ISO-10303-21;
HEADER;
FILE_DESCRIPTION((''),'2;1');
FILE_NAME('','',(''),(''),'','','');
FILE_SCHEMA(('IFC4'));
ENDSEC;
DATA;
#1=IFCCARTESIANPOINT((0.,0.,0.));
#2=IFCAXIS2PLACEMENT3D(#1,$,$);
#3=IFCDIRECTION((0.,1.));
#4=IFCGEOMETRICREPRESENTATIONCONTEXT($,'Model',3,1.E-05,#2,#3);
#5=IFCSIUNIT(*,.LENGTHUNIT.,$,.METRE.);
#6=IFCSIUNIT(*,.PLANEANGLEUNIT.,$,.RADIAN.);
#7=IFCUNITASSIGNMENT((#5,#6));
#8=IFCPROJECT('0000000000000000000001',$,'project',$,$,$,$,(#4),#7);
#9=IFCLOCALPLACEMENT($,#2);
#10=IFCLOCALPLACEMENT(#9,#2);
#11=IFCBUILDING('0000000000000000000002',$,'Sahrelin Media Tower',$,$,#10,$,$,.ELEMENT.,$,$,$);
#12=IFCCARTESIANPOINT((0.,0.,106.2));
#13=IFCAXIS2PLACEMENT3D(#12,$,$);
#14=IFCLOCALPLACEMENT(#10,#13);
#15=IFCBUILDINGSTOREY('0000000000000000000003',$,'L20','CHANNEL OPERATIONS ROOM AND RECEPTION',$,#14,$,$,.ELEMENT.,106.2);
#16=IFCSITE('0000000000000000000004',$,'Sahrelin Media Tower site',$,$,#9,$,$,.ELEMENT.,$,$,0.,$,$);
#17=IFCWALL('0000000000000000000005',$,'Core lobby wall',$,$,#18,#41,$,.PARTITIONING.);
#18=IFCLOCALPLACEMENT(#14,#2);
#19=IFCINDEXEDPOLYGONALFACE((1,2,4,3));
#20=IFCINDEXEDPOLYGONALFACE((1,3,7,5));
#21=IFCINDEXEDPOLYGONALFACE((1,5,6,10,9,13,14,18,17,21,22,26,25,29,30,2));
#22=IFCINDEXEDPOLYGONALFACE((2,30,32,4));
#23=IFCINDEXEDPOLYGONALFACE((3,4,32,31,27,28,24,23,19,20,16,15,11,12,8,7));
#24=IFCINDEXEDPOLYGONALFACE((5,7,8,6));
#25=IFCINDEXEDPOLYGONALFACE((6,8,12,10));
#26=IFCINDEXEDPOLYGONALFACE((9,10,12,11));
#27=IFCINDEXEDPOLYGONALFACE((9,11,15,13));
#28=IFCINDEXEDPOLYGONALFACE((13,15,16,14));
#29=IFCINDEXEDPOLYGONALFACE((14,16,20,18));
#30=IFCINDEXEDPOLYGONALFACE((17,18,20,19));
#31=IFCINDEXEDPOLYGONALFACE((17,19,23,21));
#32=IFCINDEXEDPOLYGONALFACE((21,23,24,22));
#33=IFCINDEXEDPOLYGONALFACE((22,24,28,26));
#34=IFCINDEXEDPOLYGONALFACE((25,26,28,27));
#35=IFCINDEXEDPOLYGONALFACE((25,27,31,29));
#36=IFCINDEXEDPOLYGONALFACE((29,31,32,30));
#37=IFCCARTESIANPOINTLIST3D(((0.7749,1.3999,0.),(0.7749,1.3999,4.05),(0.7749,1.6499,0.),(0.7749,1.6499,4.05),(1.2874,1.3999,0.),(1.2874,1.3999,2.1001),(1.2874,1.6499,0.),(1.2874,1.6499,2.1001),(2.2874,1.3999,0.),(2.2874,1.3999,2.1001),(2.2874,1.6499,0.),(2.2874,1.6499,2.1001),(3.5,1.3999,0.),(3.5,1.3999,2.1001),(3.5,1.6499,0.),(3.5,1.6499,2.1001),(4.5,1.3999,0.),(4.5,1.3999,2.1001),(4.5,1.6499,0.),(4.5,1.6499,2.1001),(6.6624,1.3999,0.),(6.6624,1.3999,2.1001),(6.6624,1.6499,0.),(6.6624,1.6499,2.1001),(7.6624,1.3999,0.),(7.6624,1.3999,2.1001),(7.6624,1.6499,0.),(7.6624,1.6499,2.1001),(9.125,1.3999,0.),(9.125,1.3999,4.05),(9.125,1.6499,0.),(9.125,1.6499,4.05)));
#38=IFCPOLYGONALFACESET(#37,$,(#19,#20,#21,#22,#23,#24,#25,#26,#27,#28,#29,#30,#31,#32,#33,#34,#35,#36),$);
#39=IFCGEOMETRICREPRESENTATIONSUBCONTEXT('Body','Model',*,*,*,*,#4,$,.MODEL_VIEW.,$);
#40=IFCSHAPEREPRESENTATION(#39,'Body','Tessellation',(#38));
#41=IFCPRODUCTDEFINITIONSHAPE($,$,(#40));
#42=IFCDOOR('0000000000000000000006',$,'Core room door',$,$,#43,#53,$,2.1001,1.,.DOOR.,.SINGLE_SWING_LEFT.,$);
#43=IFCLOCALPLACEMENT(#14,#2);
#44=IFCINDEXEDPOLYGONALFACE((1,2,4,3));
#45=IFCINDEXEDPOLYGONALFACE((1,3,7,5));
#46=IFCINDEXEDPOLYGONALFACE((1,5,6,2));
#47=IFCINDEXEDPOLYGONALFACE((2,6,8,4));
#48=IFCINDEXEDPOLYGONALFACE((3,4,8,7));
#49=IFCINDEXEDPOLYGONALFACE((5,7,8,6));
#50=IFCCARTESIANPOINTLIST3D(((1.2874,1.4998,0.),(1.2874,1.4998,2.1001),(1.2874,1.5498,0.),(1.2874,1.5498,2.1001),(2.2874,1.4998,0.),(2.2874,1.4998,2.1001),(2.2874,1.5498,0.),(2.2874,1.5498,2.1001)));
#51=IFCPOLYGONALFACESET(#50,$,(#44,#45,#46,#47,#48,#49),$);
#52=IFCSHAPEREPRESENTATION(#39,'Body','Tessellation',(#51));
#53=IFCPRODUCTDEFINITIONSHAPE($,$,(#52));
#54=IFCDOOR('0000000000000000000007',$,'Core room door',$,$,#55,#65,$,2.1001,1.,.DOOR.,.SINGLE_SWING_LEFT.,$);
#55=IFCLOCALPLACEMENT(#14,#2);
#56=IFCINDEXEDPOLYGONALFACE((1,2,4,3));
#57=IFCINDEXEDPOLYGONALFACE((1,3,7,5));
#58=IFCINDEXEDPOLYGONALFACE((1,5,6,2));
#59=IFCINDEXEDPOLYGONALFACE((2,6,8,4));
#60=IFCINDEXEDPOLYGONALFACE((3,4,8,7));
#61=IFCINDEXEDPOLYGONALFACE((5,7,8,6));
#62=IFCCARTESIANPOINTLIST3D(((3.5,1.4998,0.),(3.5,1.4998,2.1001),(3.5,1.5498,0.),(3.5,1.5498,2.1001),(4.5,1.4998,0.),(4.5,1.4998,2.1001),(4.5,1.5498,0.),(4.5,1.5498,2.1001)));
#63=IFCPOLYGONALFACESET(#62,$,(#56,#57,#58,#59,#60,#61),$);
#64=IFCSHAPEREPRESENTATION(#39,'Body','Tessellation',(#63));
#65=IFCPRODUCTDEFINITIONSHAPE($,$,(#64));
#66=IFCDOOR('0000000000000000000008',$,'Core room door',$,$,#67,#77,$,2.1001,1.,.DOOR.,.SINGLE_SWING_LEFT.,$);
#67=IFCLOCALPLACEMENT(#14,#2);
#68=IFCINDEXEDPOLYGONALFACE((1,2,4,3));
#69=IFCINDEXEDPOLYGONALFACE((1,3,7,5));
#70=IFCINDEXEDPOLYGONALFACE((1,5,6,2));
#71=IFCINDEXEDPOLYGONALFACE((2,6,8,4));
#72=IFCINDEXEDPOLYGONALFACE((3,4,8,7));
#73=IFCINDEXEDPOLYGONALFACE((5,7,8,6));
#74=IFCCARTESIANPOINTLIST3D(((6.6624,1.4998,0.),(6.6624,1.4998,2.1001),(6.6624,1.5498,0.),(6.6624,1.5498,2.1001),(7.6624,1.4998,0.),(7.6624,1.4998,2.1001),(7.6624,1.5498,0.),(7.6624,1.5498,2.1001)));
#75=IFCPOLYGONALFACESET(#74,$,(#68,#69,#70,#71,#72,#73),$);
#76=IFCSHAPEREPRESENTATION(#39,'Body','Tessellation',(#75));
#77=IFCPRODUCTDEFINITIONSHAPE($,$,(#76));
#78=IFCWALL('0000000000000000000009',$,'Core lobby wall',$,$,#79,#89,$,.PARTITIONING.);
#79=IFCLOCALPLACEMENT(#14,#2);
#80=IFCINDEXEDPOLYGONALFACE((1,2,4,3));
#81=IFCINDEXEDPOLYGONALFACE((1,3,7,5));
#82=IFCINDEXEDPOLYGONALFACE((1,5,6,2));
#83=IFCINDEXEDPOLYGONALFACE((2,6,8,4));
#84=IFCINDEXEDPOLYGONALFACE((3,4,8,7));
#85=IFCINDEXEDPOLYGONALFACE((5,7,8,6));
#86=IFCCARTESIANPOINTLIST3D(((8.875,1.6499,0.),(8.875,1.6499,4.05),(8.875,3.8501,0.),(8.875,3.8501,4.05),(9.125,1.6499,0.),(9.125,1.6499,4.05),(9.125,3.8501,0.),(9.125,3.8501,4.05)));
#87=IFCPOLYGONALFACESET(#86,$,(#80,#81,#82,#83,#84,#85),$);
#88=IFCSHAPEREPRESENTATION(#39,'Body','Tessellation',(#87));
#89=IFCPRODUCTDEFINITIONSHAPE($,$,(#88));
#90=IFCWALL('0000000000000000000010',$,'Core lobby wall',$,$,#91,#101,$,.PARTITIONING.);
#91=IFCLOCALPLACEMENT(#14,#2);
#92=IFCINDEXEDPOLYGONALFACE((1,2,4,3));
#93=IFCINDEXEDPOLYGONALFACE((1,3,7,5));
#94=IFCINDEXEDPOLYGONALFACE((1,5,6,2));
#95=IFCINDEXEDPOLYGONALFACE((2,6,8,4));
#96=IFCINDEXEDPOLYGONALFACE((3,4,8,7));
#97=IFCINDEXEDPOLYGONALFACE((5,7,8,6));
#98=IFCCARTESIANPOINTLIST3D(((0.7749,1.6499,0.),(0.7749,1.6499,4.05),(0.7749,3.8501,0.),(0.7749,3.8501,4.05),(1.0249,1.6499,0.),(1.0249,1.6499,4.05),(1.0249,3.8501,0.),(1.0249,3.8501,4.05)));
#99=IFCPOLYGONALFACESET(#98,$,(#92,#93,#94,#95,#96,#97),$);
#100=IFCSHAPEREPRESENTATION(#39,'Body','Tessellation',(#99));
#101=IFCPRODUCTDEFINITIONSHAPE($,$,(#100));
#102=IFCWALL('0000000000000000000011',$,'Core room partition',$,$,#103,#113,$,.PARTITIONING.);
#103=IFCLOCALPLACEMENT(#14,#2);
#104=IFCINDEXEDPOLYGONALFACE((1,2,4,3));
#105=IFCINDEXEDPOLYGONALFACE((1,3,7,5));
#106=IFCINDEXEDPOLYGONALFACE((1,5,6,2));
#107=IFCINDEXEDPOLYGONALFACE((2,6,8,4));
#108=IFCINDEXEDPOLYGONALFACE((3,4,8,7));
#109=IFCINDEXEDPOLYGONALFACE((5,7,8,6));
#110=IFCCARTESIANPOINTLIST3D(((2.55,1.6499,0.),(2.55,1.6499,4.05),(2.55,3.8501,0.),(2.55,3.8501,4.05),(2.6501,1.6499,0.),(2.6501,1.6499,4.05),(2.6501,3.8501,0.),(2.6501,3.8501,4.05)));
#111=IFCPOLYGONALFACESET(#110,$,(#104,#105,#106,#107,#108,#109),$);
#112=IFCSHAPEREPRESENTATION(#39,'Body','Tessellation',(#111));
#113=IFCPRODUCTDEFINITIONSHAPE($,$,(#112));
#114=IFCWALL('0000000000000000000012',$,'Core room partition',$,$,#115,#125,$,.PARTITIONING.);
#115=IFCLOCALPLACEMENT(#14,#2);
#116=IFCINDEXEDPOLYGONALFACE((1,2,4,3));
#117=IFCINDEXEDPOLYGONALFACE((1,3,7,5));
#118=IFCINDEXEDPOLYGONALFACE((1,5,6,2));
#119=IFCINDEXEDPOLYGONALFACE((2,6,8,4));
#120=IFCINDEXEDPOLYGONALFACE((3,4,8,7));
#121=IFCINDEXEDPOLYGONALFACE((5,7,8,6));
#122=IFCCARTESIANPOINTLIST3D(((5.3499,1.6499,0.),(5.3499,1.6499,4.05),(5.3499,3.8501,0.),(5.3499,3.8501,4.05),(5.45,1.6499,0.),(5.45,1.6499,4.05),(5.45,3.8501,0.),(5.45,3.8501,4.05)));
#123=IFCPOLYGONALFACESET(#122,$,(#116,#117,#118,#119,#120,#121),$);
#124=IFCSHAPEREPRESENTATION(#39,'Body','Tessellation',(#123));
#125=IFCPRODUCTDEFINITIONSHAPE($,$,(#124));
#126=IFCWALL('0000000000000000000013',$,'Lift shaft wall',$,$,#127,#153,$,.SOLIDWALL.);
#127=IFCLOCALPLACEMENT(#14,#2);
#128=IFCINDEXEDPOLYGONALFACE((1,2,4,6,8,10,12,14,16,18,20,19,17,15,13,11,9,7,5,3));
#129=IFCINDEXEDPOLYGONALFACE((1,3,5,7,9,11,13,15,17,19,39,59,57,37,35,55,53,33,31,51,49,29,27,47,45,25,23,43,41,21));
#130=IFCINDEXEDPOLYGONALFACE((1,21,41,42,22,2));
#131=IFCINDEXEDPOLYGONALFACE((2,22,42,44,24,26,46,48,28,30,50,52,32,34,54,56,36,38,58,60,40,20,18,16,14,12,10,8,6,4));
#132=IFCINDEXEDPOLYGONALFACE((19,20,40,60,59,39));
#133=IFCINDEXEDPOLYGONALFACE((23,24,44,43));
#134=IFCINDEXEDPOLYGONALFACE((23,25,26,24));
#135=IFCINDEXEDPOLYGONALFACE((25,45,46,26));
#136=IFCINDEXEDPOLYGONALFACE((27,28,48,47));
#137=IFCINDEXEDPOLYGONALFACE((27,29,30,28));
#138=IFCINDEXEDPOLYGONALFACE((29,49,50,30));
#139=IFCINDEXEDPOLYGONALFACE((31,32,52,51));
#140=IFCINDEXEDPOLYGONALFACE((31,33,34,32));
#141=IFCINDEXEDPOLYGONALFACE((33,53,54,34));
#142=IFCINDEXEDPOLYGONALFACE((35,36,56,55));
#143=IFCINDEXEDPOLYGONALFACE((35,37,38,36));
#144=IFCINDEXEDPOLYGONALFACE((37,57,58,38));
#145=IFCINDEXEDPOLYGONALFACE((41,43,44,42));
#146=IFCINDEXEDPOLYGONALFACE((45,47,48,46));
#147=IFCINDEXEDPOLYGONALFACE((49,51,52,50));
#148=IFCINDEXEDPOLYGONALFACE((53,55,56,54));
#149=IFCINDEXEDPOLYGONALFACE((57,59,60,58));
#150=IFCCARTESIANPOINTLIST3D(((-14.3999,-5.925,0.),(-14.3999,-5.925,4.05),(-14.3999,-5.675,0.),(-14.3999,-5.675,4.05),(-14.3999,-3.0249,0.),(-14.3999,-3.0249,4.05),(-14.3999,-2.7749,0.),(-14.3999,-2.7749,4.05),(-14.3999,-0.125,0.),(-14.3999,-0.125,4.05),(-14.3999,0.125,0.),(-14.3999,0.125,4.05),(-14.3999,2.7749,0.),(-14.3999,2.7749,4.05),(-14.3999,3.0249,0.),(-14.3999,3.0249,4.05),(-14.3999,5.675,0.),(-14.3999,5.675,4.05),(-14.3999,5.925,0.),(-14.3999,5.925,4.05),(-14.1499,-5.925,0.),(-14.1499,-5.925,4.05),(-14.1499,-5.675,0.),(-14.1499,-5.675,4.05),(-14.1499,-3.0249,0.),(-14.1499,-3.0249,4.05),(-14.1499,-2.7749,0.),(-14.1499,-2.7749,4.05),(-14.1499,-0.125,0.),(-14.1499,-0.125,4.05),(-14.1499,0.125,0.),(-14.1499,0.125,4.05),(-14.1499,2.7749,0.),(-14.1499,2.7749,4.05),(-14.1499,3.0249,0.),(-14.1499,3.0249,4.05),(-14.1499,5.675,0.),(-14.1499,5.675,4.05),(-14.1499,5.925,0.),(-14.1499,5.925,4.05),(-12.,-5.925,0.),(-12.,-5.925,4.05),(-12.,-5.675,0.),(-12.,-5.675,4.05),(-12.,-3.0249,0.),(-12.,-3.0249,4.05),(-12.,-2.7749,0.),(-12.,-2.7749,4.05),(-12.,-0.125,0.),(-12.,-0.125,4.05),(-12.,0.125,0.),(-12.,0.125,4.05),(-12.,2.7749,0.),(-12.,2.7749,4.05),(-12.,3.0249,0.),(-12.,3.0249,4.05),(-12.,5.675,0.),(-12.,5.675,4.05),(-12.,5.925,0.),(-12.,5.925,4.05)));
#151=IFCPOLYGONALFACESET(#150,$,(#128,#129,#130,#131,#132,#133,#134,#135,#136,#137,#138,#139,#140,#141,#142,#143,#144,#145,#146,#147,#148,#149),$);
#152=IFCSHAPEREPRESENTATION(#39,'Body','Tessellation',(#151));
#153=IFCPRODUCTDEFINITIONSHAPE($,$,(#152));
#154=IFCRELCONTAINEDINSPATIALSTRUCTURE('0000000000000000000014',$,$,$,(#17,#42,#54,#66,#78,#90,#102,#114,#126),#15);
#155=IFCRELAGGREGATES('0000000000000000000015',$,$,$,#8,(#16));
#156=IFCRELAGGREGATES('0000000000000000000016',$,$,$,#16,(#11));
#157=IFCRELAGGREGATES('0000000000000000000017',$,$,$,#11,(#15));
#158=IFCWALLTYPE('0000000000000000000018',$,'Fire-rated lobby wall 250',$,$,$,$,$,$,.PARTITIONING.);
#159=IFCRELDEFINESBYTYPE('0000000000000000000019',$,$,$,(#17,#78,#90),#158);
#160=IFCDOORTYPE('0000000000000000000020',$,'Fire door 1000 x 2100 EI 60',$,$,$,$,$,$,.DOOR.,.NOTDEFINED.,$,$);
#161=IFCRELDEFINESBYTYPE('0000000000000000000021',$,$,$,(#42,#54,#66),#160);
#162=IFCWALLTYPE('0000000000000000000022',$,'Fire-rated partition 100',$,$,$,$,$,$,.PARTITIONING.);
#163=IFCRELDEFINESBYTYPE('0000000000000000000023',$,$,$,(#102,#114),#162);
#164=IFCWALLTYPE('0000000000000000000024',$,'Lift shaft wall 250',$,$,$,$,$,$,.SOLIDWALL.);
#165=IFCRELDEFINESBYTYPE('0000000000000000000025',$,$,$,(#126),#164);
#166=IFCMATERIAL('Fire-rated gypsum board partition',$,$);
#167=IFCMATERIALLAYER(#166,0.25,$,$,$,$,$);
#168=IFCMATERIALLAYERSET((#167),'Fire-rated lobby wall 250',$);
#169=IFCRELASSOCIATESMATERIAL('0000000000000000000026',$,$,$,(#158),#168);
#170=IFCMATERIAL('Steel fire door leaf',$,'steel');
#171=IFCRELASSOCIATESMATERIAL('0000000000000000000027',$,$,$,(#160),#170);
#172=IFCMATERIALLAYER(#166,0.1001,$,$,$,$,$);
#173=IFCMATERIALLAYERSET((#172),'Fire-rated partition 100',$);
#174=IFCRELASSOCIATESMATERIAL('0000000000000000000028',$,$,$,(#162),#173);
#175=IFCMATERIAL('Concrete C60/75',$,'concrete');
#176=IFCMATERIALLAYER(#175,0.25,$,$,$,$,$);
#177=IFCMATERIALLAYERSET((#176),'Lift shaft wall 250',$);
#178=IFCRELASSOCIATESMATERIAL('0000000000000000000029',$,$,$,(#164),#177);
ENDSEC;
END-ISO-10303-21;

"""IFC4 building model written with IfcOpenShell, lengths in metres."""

from ifc_helpers import new_model, si_unit, direction, frame, frame_2d, origin, place, context, subcontext, project, spatial, polyline, rectangle, outline, extrude, material, layer, layer_set, type_object, element, fill, save


model = new_model("IFC4")

# Units and contexts
model_context = context("Model", 3, precision=1e-05, world=origin(), true_north=direction((0.0, 1.0)))
body_context = subcontext(model_context, "Body", "Model", "MODEL_VIEW")
ifc_project = project(units=[si_unit("LENGTHUNIT", "METRE"), si_unit("PLANEANGLEUNIT", "RADIAN")], contexts=[model_context])

# Site, building, storey
site_placement = place(None, origin())
site = spatial("IfcSite", under=ifc_project, at=site_placement, Name="Sahrelin Media Tower site", CompositionType="ELEMENT", RefElevation=0.0)
building_placement = place(site_placement, origin())
building = spatial("IfcBuilding", under=site, at=building_placement, Name="Sahrelin Media Tower", CompositionType="ELEMENT")
storey_placement = place(building_placement, frame((0.0, 0.0, 106.2)))
storey = spatial("IfcBuildingStorey", under=building, at=storey_placement, Name="L20", Description="CHANNEL OPERATIONS ROOM AND RECEPTION", CompositionType="ELEMENT", Elevation=106.2)

# Shared definitions
placement = place(storey_placement, origin())

# Wall, openings, doors
ifc_material_1 = material(Name="Fire-rated gypsum board partition")
ifc_layer_1 = layer(ifc_material_1, 0.25)
ifc_layer_set_1 = layer_set([ifc_layer_1], Name="Fire-rated lobby wall 250")
wall_type_1 = type_object("IfcWallType", Name="Fire-rated lobby wall 250", PredefinedType="PARTITIONING", material=ifc_layer_set_1)
wall_1_placement = place(storey_placement, frame((0.7749, 1.5249, 0.0), z_axis=(0.0, 0.0, 1.0), x_axis=(1.0, 0.0, 0.0)))
wall_1 = element("IfcWall", 1, at=wall_1_placement, inside=storey, type_object=wall_type_1, Name="Core lobby wall", PredefinedType="PARTITIONING", context=body_context, shape_type="SweptSolid", body=[
    extrude(rectangle(XDim=8.3501, YDim=0.25, at=frame_2d((4.175, 0.0))), origin(), (0.0, 0.0, 1.0), 4.05),
])
opening_1_placement = place(wall_1_placement, frame((0.5125, 0.0, 0.0)))
opening_1 = element("IfcOpeningElement", 2, at=opening_1_placement, cuts=wall_1, PredefinedType="OPENING", context=body_context, shape_type="SweptSolid", body=[
    extrude(rectangle(XDim=1.0, YDim=2.1001, at=frame_2d((0.5, 1.05))), frame((0.0, 0.125, 0.0), z_axis=(0.0, -1.0, 0.0), x_axis=(1.0, 0.0, 0.0)), (0.0, 0.0, 1.0), 0.25),
])
opening_2_placement = place(wall_1_placement, frame((2.7251, 0.0, 0.0)))
opening_2 = element("IfcOpeningElement", 3, at=opening_2_placement, cuts=wall_1, PredefinedType="OPENING", context=body_context, shape_type="SweptSolid", body=[
    extrude(rectangle(XDim=1.0, YDim=2.1001, at=frame_2d((0.5, 1.05))), frame((0.0, 0.125, 0.0), z_axis=(0.0, -1.0, 0.0), x_axis=(1.0, 0.0, 0.0)), (0.0, 0.0, 1.0), 0.25),
])
opening_3_placement = place(wall_1_placement, frame((5.8875, 0.0, 0.0)))
opening_3 = element("IfcOpeningElement", 4, at=opening_3_placement, cuts=wall_1, PredefinedType="OPENING", context=body_context, shape_type="SweptSolid", body=[
    extrude(rectangle(XDim=1.0, YDim=2.1001, at=frame_2d((0.5, 1.05))), frame((0.0, 0.125, 0.0), z_axis=(0.0, -1.0, 0.0), x_axis=(1.0, 0.0, 0.0)), (0.0, 0.0, 1.0), 0.25),
])
ifc_material_2 = material(Name="Steel fire door leaf", Category="steel")
door_type_1 = type_object("IfcDoorType", Name="Fire door 1000 x 2100 EI 60", OperationType="NOTDEFINED", PredefinedType="DOOR", material=ifc_material_2)
door_1_placement = place(opening_1_placement, origin())
door_1 = element("IfcDoor", 5, at=door_1_placement, inside=storey, type_object=door_type_1, Name="Core room door", OperationType="SINGLE_SWING_LEFT", OverallHeight=2.1001, OverallWidth=1.0, PredefinedType="DOOR", context=body_context, shape_type="SweptSolid", body=[
    extrude(rectangle(XDim=1.0, YDim=2.1001, at=frame_2d((0.5, 1.05))), frame((0.0, 0.0249, 0.0), z_axis=(0.0, -1.0, 0.0), x_axis=(1.0, 0.0, 0.0)), (0.0, 0.0, 1.0), 0.05),
])
fill(opening_1, door_1)
door_2_placement = place(opening_2_placement, origin())
door_2 = element("IfcDoor", 6, at=door_2_placement, inside=storey, type_object=door_type_1, Name="Core room door", OperationType="SINGLE_SWING_LEFT", OverallHeight=2.1001, OverallWidth=1.0, PredefinedType="DOOR", context=body_context, shape_type="SweptSolid", body=[
    extrude(rectangle(XDim=1.0, YDim=2.1001, at=frame_2d((0.5, 1.05))), frame((0.0, 0.0249, 0.0), z_axis=(0.0, -1.0, 0.0), x_axis=(1.0, 0.0, 0.0)), (0.0, 0.0, 1.0), 0.05),
])
fill(opening_2, door_2)
door_3_placement = place(opening_3_placement, origin())
door_3 = element("IfcDoor", 7, at=door_3_placement, inside=storey, type_object=door_type_1, Name="Core room door", OperationType="SINGLE_SWING_LEFT", OverallHeight=2.1001, OverallWidth=1.0, PredefinedType="DOOR", context=body_context, shape_type="SweptSolid", body=[
    extrude(rectangle(XDim=1.0, YDim=2.1001, at=frame_2d((0.5, 1.05))), frame((0.0, 0.0249, 0.0), z_axis=(0.0, -1.0, 0.0), x_axis=(1.0, 0.0, 0.0)), (0.0, 0.0, 1.0), 0.05),
])
fill(opening_3, door_3)

# Walls
for number, where, z_axis, x_axis, name in (
    (8, (9.0, 1.6499, 0.0), (0.0, 0.0, 1.0), (0.0, 1.0, 0.0), "Core lobby wall"),
    (9, (0.8999, 1.6499, 0.0), (0.0, 0.0, 1.0), (0.0, 1.0, 0.0), "Core lobby wall"),
):
    element("IfcWall", number, at=place(storey_placement, frame(where, z_axis=z_axis, x_axis=x_axis)), inside=storey, type_object=wall_type_1, Name=name, PredefinedType="PARTITIONING", context=body_context, shape_type="SweptSolid", body=[
        extrude(rectangle(XDim=2.2002, YDim=0.25, at=frame_2d((1.1001, 0.0))), origin(), (0.0, 0.0, 1.0), 4.05),
    ])
ifc_layer_2 = layer(ifc_material_1, 0.1001)
ifc_layer_set_2 = layer_set([ifc_layer_2], Name="Fire-rated partition 100")
wall_type_2 = type_object("IfcWallType", Name="Fire-rated partition 100", PredefinedType="PARTITIONING", material=ifc_layer_set_2)
for number, where, z_axis, x_axis, name in (
    (10, (2.6001, 1.6499, 0.0), (0.0, 0.0, 1.0), (0.0, 1.0, 0.0), "Core room partition"),
    (11, (5.3999, 1.6499, 0.0), (0.0, 0.0, 1.0), (0.0, 1.0, 0.0), "Core room partition"),
):
    element("IfcWall", number, at=place(storey_placement, frame(where, z_axis=z_axis, x_axis=x_axis)), inside=storey, type_object=wall_type_2, Name=name, PredefinedType="PARTITIONING", context=body_context, shape_type="SweptSolid", body=[
        extrude(rectangle(XDim=2.2002, YDim=0.1001, at=frame_2d((1.1001, 0.0))), origin(), (0.0, 0.0, 1.0), 4.05),
    ])
ifc_material_3 = material(Name="Concrete C60/75", Category="concrete")
ifc_layer_3 = layer(ifc_material_3, 0.25)
ifc_layer_set_3 = layer_set([ifc_layer_3], Name="Lift shaft wall 250")
wall_type_3 = type_object("IfcWallType", Name="Lift shaft wall 250", PredefinedType="SOLIDWALL", material=ifc_layer_set_3)
element("IfcWall", 12, at=placement, inside=storey, type_object=wall_type_3, Name="Lift shaft wall", PredefinedType="SOLIDWALL", context=body_context, shape_type="SweptSolid", body=[
    extrude(outline(polyline([(-12.0, -5.925), (-12.0, -5.675), (-14.1499, -5.675), (-14.1499, -3.0249), (-12.0, -3.0249), (-12.0, -2.7749), (-14.1499, -2.7749), (-14.1499, -0.125), (-12.0, -0.125), (-12.0, 0.125), (-14.1499, 0.125), (-14.1499, 2.7749), (-12.0, 2.7749), (-12.0, 3.0249), (-14.1499, 3.0249), (-14.1499, 5.675), (-12.0, 5.675), (-12.0, 5.925), (-14.1499, 5.925), (-14.3999, 5.925), (-14.3999, 5.675), (-14.3999, 3.0249), (-14.3999, 2.7749), (-14.3999, 0.125), (-14.3999, -0.125), (-14.3999, -2.7749), (-14.3999, -3.0249), (-14.3999, -5.675), (-14.3999, -5.925), (-14.1499, -5.925), (-12.0, -5.925)])), origin(), (0.0, 0.0, 1.0), 4.05),
])

save(model, "model.ifc")
